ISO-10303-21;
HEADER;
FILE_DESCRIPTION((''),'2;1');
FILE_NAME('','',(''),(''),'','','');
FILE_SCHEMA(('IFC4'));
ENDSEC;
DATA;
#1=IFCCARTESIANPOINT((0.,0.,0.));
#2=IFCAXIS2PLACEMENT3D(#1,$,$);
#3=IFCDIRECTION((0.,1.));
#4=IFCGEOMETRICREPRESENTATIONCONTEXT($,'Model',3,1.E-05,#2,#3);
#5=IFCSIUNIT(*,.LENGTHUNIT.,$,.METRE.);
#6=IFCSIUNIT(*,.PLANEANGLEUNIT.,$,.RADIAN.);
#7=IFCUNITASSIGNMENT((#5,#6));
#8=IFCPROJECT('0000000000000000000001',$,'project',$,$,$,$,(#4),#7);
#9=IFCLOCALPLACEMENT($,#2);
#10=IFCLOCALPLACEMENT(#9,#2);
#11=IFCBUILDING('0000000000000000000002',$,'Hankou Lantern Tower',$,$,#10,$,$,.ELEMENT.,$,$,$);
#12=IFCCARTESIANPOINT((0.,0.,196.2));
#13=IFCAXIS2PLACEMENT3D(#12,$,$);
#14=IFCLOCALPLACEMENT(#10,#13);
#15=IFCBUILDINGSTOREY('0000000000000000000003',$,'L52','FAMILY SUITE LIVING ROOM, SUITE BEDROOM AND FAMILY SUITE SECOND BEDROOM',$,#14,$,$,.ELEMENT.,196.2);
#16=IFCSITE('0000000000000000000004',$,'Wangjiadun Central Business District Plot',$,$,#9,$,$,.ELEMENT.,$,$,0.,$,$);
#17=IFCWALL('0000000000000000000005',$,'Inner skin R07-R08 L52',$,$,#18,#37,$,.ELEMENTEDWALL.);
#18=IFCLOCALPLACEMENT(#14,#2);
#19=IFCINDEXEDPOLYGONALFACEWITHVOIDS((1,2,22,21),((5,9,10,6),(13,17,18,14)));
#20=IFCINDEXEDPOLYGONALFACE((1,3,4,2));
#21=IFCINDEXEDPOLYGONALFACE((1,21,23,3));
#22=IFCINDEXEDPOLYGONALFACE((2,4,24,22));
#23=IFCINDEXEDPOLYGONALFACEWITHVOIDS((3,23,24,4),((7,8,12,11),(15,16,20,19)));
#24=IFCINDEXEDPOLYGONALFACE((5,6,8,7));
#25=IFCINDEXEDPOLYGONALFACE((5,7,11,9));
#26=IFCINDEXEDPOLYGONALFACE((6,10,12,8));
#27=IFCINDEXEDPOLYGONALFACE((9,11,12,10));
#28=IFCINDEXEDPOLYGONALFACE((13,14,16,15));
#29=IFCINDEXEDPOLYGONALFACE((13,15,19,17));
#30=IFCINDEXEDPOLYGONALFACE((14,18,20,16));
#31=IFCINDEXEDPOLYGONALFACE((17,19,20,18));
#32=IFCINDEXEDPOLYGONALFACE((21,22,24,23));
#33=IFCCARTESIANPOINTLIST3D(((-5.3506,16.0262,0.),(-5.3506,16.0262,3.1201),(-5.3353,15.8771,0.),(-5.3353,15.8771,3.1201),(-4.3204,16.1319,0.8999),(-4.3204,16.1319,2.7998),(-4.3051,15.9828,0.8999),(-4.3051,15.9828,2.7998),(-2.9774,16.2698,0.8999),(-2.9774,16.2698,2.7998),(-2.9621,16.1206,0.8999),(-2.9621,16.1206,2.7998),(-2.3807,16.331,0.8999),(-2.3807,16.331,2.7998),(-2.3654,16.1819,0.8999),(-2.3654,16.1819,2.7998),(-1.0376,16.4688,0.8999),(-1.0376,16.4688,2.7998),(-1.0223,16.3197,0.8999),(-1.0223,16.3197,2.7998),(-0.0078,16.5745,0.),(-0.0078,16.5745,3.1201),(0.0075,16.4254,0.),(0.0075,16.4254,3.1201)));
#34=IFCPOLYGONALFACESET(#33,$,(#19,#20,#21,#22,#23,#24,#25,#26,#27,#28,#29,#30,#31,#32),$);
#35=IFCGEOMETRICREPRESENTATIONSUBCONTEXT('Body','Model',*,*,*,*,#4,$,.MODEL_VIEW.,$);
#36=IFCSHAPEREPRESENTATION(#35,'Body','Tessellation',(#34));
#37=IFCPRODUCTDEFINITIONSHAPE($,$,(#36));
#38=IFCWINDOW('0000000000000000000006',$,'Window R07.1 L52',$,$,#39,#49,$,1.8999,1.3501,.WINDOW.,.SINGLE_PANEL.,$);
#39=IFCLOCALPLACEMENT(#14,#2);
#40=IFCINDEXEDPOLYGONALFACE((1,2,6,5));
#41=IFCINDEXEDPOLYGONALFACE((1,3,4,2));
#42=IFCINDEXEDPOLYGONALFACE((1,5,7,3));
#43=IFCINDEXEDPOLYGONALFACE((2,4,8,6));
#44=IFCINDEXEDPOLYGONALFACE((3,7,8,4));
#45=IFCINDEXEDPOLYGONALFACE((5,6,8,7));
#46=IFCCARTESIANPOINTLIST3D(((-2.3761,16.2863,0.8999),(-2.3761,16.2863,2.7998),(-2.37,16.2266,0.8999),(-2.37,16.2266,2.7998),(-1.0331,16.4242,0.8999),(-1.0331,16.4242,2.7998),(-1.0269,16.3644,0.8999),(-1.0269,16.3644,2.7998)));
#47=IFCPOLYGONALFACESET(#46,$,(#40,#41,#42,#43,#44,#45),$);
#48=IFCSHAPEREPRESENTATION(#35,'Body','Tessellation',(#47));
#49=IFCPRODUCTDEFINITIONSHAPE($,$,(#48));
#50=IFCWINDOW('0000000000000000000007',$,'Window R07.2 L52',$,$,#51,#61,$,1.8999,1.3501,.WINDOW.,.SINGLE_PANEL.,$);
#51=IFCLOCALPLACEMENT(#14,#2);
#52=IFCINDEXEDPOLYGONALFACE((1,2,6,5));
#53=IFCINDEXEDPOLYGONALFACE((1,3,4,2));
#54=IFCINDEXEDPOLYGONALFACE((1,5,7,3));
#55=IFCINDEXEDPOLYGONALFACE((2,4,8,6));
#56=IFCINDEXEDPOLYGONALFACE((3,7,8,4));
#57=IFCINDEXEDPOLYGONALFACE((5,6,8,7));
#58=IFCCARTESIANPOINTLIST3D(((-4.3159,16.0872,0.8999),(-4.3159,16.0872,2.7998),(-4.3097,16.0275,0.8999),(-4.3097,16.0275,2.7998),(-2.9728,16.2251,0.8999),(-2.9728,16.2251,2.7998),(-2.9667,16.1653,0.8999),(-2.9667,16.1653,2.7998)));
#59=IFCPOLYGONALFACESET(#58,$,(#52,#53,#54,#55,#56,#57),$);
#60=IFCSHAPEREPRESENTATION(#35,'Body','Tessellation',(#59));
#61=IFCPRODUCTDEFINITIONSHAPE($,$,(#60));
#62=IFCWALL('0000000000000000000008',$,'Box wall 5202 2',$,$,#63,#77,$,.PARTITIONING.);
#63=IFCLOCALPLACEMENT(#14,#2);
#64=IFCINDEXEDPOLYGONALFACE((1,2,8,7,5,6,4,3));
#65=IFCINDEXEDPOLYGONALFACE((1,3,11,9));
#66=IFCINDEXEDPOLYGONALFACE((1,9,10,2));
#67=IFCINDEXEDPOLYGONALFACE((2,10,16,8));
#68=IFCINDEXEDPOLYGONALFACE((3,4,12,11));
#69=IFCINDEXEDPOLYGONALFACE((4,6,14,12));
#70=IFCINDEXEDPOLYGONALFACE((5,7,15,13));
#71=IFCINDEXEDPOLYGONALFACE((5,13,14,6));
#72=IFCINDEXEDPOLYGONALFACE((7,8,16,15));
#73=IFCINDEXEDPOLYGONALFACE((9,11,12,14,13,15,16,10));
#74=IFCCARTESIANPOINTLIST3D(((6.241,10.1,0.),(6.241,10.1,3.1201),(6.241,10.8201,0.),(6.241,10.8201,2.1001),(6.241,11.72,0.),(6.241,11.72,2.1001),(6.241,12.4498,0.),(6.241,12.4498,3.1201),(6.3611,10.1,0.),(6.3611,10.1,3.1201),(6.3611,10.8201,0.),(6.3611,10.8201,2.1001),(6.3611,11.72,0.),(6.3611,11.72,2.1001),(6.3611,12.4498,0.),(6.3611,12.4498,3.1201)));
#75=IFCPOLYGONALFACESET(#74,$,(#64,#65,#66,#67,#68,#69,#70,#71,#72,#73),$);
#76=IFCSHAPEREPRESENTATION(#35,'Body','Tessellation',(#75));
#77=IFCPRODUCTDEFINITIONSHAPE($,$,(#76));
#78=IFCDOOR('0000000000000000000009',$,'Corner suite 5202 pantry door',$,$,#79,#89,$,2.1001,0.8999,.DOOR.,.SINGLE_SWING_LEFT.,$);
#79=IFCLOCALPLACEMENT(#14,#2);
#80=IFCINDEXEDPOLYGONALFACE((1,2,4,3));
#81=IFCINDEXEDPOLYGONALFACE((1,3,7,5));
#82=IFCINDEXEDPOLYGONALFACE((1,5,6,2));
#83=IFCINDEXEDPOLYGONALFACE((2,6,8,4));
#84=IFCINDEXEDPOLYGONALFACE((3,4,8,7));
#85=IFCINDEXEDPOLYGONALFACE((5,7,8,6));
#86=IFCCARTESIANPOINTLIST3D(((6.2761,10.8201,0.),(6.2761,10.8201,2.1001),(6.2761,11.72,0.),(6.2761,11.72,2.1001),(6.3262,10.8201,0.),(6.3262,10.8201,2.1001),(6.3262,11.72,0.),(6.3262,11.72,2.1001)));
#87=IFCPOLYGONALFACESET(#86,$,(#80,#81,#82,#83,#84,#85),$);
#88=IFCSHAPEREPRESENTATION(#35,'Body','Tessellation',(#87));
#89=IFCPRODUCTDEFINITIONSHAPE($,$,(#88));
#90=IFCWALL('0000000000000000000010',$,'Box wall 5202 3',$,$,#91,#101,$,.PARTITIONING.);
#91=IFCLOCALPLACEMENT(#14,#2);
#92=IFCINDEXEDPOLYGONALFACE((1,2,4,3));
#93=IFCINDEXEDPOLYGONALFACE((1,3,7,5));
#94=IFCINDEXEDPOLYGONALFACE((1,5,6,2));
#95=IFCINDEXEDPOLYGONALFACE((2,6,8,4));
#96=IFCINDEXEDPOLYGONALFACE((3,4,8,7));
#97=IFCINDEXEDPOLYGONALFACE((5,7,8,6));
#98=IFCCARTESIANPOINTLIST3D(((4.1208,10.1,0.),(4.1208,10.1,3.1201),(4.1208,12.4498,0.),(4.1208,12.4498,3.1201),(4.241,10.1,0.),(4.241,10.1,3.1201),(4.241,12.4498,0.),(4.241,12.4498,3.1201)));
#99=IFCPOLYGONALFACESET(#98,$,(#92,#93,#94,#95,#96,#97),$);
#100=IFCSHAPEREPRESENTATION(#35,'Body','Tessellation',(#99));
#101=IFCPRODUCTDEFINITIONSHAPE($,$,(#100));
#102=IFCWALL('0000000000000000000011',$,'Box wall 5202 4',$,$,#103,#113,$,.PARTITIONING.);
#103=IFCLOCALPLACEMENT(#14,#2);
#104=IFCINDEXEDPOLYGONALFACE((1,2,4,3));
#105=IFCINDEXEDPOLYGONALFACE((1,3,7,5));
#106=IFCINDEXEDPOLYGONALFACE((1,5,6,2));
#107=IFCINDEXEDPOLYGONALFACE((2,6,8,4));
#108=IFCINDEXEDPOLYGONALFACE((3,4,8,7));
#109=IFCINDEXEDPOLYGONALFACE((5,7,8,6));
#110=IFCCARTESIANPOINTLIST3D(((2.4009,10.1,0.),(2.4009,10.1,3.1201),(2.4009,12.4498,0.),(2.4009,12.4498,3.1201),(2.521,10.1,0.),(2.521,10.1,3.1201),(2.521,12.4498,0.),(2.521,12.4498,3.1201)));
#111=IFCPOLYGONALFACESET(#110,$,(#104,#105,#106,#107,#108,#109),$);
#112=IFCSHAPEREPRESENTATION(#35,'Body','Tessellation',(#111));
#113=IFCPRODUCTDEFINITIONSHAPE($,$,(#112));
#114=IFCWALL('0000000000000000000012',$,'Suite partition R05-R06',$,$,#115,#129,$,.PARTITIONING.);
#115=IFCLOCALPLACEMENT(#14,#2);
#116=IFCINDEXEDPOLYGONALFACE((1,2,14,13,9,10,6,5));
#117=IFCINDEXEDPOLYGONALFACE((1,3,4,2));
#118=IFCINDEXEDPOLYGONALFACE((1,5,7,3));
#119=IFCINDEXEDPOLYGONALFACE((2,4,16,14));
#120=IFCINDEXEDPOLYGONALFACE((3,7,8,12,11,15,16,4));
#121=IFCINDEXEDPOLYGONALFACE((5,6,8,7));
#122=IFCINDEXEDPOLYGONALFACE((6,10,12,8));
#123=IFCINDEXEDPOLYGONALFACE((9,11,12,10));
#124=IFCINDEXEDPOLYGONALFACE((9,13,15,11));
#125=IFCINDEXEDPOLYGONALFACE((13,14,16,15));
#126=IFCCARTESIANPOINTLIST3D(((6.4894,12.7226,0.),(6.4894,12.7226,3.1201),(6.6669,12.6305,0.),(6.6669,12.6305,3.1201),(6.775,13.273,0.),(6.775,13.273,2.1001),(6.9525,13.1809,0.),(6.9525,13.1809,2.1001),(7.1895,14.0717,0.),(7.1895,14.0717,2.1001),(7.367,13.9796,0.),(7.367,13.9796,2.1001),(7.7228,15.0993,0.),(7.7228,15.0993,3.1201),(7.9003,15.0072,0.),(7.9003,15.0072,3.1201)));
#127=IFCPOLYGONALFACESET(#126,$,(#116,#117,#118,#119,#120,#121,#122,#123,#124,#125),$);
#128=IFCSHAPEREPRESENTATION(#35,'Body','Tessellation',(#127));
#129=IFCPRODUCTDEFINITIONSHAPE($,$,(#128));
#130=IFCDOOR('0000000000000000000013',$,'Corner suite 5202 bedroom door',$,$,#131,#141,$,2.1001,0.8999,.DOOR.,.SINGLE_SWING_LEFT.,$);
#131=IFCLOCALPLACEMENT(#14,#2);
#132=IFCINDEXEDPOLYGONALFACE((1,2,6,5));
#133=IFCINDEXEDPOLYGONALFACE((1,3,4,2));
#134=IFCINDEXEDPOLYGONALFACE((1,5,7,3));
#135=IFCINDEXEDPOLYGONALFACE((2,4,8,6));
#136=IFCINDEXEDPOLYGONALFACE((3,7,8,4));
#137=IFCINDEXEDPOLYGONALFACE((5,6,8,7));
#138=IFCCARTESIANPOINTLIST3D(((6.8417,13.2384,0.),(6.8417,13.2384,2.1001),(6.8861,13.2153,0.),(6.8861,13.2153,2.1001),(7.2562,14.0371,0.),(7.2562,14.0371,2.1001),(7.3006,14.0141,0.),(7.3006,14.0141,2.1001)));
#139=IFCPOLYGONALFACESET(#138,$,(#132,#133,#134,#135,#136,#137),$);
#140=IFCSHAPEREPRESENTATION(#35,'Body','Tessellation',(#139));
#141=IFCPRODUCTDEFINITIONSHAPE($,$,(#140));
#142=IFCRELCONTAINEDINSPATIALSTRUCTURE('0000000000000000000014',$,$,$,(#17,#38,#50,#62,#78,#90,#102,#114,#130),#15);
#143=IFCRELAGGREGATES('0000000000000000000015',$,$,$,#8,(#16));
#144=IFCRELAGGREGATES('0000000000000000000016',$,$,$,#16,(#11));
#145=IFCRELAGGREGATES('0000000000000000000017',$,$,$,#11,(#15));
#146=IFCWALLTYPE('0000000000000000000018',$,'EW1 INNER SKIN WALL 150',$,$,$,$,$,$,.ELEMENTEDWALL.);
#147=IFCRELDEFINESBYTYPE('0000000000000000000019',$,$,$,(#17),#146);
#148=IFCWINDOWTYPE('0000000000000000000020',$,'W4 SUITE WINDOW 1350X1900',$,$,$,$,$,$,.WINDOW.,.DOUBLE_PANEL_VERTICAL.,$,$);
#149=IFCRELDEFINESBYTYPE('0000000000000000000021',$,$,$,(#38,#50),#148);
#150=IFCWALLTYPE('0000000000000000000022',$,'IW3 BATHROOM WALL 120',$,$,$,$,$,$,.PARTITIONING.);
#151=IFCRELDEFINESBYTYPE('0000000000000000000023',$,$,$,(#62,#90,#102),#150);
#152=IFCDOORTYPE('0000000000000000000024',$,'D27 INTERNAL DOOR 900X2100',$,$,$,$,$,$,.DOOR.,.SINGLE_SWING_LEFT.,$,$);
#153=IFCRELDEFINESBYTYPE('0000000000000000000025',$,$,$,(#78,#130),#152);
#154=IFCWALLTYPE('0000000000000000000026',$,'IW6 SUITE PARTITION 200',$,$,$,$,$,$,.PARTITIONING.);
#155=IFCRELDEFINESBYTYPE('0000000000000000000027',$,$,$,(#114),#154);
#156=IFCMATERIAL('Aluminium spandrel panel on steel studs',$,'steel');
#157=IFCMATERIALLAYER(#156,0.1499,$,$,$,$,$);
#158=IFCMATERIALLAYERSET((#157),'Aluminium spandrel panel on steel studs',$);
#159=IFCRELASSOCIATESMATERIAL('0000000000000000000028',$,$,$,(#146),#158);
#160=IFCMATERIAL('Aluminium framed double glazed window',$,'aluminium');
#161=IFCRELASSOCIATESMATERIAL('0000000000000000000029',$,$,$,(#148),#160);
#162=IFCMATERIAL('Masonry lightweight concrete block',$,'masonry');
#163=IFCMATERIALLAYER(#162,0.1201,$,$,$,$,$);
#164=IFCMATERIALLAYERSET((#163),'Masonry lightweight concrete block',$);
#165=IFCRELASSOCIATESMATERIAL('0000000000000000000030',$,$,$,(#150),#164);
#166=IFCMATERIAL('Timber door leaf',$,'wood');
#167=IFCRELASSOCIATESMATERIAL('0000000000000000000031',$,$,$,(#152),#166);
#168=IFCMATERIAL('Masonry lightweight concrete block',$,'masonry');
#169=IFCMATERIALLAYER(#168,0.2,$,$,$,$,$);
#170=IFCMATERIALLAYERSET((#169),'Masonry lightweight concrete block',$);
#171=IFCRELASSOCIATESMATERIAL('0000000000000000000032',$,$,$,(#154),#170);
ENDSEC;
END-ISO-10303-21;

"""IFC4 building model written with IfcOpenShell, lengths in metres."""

from ifc_helpers import new_model, si_unit, direction, frame, frame_2d, origin, place, context, subcontext, project, spatial, rectangle, extrude, material, layer, layer_set, type_object, element, fill, save


model = new_model("IFC4")

# Units and contexts
model_context = context("Model", 3, precision=1e-05, world=origin(), true_north=direction((0.0, 1.0)))
body_context = subcontext(model_context, "Body", "Model", "MODEL_VIEW")
ifc_project = project(units=[si_unit("LENGTHUNIT", "METRE"), si_unit("PLANEANGLEUNIT", "RADIAN")], contexts=[model_context])

# Site, building, storey
site_placement = place(None, origin())
site = spatial("IfcSite", under=ifc_project, at=site_placement, Name="Wangjiadun Central Business District Plot", CompositionType="ELEMENT", RefElevation=0.0)
building_placement = place(site_placement, origin())
building = spatial("IfcBuilding", under=site, at=building_placement, Name="Hankou Lantern Tower", CompositionType="ELEMENT")
storey_placement = place(building_placement, frame((0.0, 0.0, 196.2)))
storey = spatial("IfcBuildingStorey", under=building, at=storey_placement, Name="L52", Description="FAMILY SUITE LIVING ROOM, SUITE BEDROOM AND FAMILY SUITE SECOND BEDROOM", CompositionType="ELEMENT", Elevation=196.2)

# Wall, openings, windows
ifc_material_1 = material(Name="Aluminium spandrel panel on steel studs", Category="steel")
ifc_layer_1 = layer(ifc_material_1, 0.1499)
ifc_layer_set_1 = layer_set([ifc_layer_1], Name="Aluminium spandrel panel on steel studs")
wall_type_1 = type_object("IfcWallType", Name="EW1 INNER SKIN WALL 150", PredefinedType="ELEMENTEDWALL", material=ifc_layer_set_1)
ifc_material_2 = material(Name="Aluminium framed double glazed window", Category="aluminium")
window_type = type_object("IfcWindowType", Name="W4 SUITE WINDOW 1350X1900", PartitioningType="DOUBLE_PANEL_VERTICAL", PredefinedType="WINDOW", material=ifc_material_2)
wall_1_placement = place(storey_placement, frame((0.0, 16.5, 0.0), z_axis=(0.0, 0.0, 1.0), x_axis=(-0.994775, -0.102096, 0.0)))
wall_1 = element("IfcWall", 1, at=wall_1_placement, inside=storey, type_object=wall_type_1, Name="Inner skin R07-R08 L52", PredefinedType="ELEMENTEDWALL", context=body_context, shape_type="SweptSolid", body=[
    extrude(rectangle(XDim=5.3708, YDim=0.1499, at=frame_2d((2.6855, 0.0))), origin(), (0.0, 0.0, 1.0), 3.1201),
])
opening_1_placement = place(wall_1_placement, frame((1.0354, 0.0, 0.8999)))
opening_1 = element("IfcOpeningElement", 2, at=opening_1_placement, cuts=wall_1, PredefinedType="OPENING", context=body_context, shape_type="SweptSolid", body=[
    extrude(rectangle(XDim=1.3501, YDim=1.8999, at=frame_2d((0.675, 0.95))), frame((0.0, 0.085, 0.0), z_axis=(0.0, -1.0, 0.0), x_axis=(1.0, 0.0, 0.0)), (0.0, 0.0, 1.0), 0.1699),
])
opening_2_placement = place(wall_1_placement, frame((2.9854, 0.0, 0.8999)))
opening_2 = element("IfcOpeningElement", 3, at=opening_2_placement, cuts=wall_1, PredefinedType="OPENING", context=body_context, shape_type="SweptSolid", body=[
    extrude(rectangle(XDim=1.3501, YDim=1.8999, at=frame_2d((0.675, 0.95))), frame((0.0, 0.085, 0.0), z_axis=(0.0, -1.0, 0.0), x_axis=(1.0, 0.0, 0.0)), (0.0, 0.0, 1.0), 0.1699),
])
window_1_placement = place(opening_1_placement, origin())
window_1 = element("IfcWindow", 4, at=window_1_placement, inside=storey, type_object=window_type, Name="Window R07.1 L52", OverallHeight=1.8999, OverallWidth=1.3501, PartitioningType="SINGLE_PANEL", PredefinedType="WINDOW", context=body_context, shape_type="SweptSolid", body=[
    extrude(rectangle(XDim=1.3501, YDim=1.8999, at=frame_2d((0.675, 0.95))), frame((0.0, 0.03, 0.0), z_axis=(0.0, -1.0, 0.0), x_axis=(1.0, 0.0, 0.0)), (0.0, 0.0, 1.0), 0.0601),
])
fill(opening_1, window_1)
window_2_placement = place(opening_2_placement, origin())
window_2 = element("IfcWindow", 5, at=window_2_placement, inside=storey, type_object=window_type, Name="Window R07.2 L52", OverallHeight=1.8999, OverallWidth=1.3501, PartitioningType="SINGLE_PANEL", PredefinedType="WINDOW", context=body_context, shape_type="SweptSolid", body=[
    extrude(rectangle(XDim=1.3501, YDim=1.8999, at=frame_2d((0.675, 0.95))), frame((0.0, 0.03, 0.0), z_axis=(0.0, -1.0, 0.0), x_axis=(1.0, 0.0, 0.0)), (0.0, 0.0, 1.0), 0.0601),
])
fill(opening_2, window_2)

# Wall, opening, door
ifc_material_3 = material(Name="Masonry lightweight concrete block", Category="masonry")
ifc_layer_2 = layer(ifc_material_3, 0.1201)
ifc_layer_set_2 = layer_set([ifc_layer_2], Name="Masonry lightweight concrete block")
wall_type_2 = type_object("IfcWallType", Name="IW3 BATHROOM WALL 120", PredefinedType="PARTITIONING", material=ifc_layer_set_2)
wall_2_placement = place(storey_placement, frame((6.301, 10.1001, 0.0), z_axis=(0.0, 0.0, 1.0), x_axis=(0.0, 1.0, 0.0)))
wall_2 = element("IfcWall", 6, at=wall_2_placement, inside=storey, type_object=wall_type_2, Name="Box wall 5202 2", PredefinedType="PARTITIONING", context=body_context, shape_type="SweptSolid", body=[
    extrude(rectangle(XDim=2.3499, YDim=0.1201, at=frame_2d((1.1748, 0.0))), origin(), (0.0, 0.0, 1.0), 3.1201),
])
opening_3_placement = place(wall_2_placement, frame((0.72, 0.0, 0.0)))
opening_3 = element("IfcOpeningElement", 7, at=opening_3_placement, cuts=wall_2, PredefinedType="OPENING", context=body_context, shape_type="SweptSolid", body=[
    extrude(rectangle(XDim=0.8999, YDim=2.1001, at=frame_2d((0.45, 1.05))), frame((0.0, 0.0701, 0.0), z_axis=(0.0, -1.0, 0.0), x_axis=(1.0, 0.0, 0.0)), (0.0, 0.0, 1.0), 0.1401),
])
ifc_material_4 = material(Name="Timber door leaf", Category="wood")
door_type = type_object("IfcDoorType", Name="D27 INTERNAL DOOR 900X2100", OperationType="SINGLE_SWING_LEFT", PredefinedType="DOOR", material=ifc_material_4)
door_1_placement = place(opening_3_placement, origin())
door_1 = element("IfcDoor", 8, at=door_1_placement, inside=storey, type_object=door_type, Name="Corner suite 5202 pantry door", OperationType="SINGLE_SWING_LEFT", OverallHeight=2.1001, OverallWidth=0.8999, PredefinedType="DOOR", context=body_context, shape_type="SweptSolid", body=[
    extrude(rectangle(XDim=0.8999, YDim=2.1001, at=frame_2d((0.45, 1.05))), frame((0.0, 0.0249, 0.0), z_axis=(0.0, -1.0, 0.0), x_axis=(1.0, 0.0, 0.0)), (0.0, 0.0, 1.0), 0.05),
])
fill(opening_3, door_1)

# Walls
for number, where, z_axis, x_axis, name in (
    (9, (4.1809, 10.1001, 0.0), (0.0, 0.0, 1.0), (0.0, 1.0, 0.0), "Box wall 5202 3"),
    (10, (2.4609, 10.1001, 0.0), (0.0, 0.0, 1.0), (0.0, 1.0, 0.0), "Box wall 5202 4"),
):
    element("IfcWall", number, at=place(storey_placement, frame(where, z_axis=z_axis, x_axis=x_axis)), inside=storey, type_object=wall_type_2, Name=name, PredefinedType="PARTITIONING", context=body_context, shape_type="SweptSolid", body=[
        extrude(rectangle(XDim=2.3499, YDim=0.1201, at=frame_2d((1.1748, 0.0))), origin(), (0.0, 0.0, 1.0), 3.1201),
    ])

# Wall, opening, door
ifc_material_5 = material(Name="Masonry lightweight concrete block", Category="masonry")
ifc_layer_3 = layer(ifc_material_5, 0.2)
ifc_layer_set_3 = layer_set([ifc_layer_3], Name="Masonry lightweight concrete block")
wall_type_3 = type_object("IfcWallType", Name="IW6 SUITE PARTITION 200", PredefinedType="PARTITIONING", material=ifc_layer_set_3)
wall_3_placement = place(storey_placement, frame((6.5781, 12.6765, 0.0), z_axis=(0.0, 0.0, 1.0), x_axis=(0.460621, 0.887597, 0.0)))
wall_3 = element("IfcWall", 11, at=wall_3_placement, inside=storey, type_object=wall_type_3, Name="Suite partition R05-R06", PredefinedType="PARTITIONING", context=body_context, shape_type="SweptSolid", body=[
    extrude(rectangle(XDim=2.6777, YDim=0.2, at=frame_2d((1.3389, 0.0))), origin(), (0.0, 0.0, 1.0), 3.1201),
])
opening_4_placement = place(wall_3_placement, frame((0.6201, 0.0, 0.0)))
opening_4 = element("IfcOpeningElement", 12, at=opening_4_placement, cuts=wall_3, PredefinedType="OPENING", context=body_context, shape_type="SweptSolid", body=[
    extrude(rectangle(XDim=0.8999, YDim=2.1001, at=frame_2d((0.45, 1.05))), frame((0.0, 0.1099, 0.0), z_axis=(0.0, -1.0, 0.0), x_axis=(1.0, 0.0, 0.0)), (0.0, 0.0, 1.0), 0.22),
])
door_2_placement = place(opening_4_placement, origin())
door_2 = element("IfcDoor", 13, at=door_2_placement, inside=storey, type_object=door_type, Name="Corner suite 5202 bedroom door", OperationType="SINGLE_SWING_LEFT", OverallHeight=2.1001, OverallWidth=0.8999, PredefinedType="DOOR", context=body_context, shape_type="SweptSolid", body=[
    extrude(rectangle(XDim=0.8999, YDim=2.1001, at=frame_2d((0.45, 1.05))), frame((0.0, 0.0249, 0.0), z_axis=(0.0, -1.0, 0.0), x_axis=(1.0, 0.0, 0.0)), (0.0, 0.0, 1.0), 0.05),
])
fill(opening_4, door_2)

save(model, "model.ifc")
